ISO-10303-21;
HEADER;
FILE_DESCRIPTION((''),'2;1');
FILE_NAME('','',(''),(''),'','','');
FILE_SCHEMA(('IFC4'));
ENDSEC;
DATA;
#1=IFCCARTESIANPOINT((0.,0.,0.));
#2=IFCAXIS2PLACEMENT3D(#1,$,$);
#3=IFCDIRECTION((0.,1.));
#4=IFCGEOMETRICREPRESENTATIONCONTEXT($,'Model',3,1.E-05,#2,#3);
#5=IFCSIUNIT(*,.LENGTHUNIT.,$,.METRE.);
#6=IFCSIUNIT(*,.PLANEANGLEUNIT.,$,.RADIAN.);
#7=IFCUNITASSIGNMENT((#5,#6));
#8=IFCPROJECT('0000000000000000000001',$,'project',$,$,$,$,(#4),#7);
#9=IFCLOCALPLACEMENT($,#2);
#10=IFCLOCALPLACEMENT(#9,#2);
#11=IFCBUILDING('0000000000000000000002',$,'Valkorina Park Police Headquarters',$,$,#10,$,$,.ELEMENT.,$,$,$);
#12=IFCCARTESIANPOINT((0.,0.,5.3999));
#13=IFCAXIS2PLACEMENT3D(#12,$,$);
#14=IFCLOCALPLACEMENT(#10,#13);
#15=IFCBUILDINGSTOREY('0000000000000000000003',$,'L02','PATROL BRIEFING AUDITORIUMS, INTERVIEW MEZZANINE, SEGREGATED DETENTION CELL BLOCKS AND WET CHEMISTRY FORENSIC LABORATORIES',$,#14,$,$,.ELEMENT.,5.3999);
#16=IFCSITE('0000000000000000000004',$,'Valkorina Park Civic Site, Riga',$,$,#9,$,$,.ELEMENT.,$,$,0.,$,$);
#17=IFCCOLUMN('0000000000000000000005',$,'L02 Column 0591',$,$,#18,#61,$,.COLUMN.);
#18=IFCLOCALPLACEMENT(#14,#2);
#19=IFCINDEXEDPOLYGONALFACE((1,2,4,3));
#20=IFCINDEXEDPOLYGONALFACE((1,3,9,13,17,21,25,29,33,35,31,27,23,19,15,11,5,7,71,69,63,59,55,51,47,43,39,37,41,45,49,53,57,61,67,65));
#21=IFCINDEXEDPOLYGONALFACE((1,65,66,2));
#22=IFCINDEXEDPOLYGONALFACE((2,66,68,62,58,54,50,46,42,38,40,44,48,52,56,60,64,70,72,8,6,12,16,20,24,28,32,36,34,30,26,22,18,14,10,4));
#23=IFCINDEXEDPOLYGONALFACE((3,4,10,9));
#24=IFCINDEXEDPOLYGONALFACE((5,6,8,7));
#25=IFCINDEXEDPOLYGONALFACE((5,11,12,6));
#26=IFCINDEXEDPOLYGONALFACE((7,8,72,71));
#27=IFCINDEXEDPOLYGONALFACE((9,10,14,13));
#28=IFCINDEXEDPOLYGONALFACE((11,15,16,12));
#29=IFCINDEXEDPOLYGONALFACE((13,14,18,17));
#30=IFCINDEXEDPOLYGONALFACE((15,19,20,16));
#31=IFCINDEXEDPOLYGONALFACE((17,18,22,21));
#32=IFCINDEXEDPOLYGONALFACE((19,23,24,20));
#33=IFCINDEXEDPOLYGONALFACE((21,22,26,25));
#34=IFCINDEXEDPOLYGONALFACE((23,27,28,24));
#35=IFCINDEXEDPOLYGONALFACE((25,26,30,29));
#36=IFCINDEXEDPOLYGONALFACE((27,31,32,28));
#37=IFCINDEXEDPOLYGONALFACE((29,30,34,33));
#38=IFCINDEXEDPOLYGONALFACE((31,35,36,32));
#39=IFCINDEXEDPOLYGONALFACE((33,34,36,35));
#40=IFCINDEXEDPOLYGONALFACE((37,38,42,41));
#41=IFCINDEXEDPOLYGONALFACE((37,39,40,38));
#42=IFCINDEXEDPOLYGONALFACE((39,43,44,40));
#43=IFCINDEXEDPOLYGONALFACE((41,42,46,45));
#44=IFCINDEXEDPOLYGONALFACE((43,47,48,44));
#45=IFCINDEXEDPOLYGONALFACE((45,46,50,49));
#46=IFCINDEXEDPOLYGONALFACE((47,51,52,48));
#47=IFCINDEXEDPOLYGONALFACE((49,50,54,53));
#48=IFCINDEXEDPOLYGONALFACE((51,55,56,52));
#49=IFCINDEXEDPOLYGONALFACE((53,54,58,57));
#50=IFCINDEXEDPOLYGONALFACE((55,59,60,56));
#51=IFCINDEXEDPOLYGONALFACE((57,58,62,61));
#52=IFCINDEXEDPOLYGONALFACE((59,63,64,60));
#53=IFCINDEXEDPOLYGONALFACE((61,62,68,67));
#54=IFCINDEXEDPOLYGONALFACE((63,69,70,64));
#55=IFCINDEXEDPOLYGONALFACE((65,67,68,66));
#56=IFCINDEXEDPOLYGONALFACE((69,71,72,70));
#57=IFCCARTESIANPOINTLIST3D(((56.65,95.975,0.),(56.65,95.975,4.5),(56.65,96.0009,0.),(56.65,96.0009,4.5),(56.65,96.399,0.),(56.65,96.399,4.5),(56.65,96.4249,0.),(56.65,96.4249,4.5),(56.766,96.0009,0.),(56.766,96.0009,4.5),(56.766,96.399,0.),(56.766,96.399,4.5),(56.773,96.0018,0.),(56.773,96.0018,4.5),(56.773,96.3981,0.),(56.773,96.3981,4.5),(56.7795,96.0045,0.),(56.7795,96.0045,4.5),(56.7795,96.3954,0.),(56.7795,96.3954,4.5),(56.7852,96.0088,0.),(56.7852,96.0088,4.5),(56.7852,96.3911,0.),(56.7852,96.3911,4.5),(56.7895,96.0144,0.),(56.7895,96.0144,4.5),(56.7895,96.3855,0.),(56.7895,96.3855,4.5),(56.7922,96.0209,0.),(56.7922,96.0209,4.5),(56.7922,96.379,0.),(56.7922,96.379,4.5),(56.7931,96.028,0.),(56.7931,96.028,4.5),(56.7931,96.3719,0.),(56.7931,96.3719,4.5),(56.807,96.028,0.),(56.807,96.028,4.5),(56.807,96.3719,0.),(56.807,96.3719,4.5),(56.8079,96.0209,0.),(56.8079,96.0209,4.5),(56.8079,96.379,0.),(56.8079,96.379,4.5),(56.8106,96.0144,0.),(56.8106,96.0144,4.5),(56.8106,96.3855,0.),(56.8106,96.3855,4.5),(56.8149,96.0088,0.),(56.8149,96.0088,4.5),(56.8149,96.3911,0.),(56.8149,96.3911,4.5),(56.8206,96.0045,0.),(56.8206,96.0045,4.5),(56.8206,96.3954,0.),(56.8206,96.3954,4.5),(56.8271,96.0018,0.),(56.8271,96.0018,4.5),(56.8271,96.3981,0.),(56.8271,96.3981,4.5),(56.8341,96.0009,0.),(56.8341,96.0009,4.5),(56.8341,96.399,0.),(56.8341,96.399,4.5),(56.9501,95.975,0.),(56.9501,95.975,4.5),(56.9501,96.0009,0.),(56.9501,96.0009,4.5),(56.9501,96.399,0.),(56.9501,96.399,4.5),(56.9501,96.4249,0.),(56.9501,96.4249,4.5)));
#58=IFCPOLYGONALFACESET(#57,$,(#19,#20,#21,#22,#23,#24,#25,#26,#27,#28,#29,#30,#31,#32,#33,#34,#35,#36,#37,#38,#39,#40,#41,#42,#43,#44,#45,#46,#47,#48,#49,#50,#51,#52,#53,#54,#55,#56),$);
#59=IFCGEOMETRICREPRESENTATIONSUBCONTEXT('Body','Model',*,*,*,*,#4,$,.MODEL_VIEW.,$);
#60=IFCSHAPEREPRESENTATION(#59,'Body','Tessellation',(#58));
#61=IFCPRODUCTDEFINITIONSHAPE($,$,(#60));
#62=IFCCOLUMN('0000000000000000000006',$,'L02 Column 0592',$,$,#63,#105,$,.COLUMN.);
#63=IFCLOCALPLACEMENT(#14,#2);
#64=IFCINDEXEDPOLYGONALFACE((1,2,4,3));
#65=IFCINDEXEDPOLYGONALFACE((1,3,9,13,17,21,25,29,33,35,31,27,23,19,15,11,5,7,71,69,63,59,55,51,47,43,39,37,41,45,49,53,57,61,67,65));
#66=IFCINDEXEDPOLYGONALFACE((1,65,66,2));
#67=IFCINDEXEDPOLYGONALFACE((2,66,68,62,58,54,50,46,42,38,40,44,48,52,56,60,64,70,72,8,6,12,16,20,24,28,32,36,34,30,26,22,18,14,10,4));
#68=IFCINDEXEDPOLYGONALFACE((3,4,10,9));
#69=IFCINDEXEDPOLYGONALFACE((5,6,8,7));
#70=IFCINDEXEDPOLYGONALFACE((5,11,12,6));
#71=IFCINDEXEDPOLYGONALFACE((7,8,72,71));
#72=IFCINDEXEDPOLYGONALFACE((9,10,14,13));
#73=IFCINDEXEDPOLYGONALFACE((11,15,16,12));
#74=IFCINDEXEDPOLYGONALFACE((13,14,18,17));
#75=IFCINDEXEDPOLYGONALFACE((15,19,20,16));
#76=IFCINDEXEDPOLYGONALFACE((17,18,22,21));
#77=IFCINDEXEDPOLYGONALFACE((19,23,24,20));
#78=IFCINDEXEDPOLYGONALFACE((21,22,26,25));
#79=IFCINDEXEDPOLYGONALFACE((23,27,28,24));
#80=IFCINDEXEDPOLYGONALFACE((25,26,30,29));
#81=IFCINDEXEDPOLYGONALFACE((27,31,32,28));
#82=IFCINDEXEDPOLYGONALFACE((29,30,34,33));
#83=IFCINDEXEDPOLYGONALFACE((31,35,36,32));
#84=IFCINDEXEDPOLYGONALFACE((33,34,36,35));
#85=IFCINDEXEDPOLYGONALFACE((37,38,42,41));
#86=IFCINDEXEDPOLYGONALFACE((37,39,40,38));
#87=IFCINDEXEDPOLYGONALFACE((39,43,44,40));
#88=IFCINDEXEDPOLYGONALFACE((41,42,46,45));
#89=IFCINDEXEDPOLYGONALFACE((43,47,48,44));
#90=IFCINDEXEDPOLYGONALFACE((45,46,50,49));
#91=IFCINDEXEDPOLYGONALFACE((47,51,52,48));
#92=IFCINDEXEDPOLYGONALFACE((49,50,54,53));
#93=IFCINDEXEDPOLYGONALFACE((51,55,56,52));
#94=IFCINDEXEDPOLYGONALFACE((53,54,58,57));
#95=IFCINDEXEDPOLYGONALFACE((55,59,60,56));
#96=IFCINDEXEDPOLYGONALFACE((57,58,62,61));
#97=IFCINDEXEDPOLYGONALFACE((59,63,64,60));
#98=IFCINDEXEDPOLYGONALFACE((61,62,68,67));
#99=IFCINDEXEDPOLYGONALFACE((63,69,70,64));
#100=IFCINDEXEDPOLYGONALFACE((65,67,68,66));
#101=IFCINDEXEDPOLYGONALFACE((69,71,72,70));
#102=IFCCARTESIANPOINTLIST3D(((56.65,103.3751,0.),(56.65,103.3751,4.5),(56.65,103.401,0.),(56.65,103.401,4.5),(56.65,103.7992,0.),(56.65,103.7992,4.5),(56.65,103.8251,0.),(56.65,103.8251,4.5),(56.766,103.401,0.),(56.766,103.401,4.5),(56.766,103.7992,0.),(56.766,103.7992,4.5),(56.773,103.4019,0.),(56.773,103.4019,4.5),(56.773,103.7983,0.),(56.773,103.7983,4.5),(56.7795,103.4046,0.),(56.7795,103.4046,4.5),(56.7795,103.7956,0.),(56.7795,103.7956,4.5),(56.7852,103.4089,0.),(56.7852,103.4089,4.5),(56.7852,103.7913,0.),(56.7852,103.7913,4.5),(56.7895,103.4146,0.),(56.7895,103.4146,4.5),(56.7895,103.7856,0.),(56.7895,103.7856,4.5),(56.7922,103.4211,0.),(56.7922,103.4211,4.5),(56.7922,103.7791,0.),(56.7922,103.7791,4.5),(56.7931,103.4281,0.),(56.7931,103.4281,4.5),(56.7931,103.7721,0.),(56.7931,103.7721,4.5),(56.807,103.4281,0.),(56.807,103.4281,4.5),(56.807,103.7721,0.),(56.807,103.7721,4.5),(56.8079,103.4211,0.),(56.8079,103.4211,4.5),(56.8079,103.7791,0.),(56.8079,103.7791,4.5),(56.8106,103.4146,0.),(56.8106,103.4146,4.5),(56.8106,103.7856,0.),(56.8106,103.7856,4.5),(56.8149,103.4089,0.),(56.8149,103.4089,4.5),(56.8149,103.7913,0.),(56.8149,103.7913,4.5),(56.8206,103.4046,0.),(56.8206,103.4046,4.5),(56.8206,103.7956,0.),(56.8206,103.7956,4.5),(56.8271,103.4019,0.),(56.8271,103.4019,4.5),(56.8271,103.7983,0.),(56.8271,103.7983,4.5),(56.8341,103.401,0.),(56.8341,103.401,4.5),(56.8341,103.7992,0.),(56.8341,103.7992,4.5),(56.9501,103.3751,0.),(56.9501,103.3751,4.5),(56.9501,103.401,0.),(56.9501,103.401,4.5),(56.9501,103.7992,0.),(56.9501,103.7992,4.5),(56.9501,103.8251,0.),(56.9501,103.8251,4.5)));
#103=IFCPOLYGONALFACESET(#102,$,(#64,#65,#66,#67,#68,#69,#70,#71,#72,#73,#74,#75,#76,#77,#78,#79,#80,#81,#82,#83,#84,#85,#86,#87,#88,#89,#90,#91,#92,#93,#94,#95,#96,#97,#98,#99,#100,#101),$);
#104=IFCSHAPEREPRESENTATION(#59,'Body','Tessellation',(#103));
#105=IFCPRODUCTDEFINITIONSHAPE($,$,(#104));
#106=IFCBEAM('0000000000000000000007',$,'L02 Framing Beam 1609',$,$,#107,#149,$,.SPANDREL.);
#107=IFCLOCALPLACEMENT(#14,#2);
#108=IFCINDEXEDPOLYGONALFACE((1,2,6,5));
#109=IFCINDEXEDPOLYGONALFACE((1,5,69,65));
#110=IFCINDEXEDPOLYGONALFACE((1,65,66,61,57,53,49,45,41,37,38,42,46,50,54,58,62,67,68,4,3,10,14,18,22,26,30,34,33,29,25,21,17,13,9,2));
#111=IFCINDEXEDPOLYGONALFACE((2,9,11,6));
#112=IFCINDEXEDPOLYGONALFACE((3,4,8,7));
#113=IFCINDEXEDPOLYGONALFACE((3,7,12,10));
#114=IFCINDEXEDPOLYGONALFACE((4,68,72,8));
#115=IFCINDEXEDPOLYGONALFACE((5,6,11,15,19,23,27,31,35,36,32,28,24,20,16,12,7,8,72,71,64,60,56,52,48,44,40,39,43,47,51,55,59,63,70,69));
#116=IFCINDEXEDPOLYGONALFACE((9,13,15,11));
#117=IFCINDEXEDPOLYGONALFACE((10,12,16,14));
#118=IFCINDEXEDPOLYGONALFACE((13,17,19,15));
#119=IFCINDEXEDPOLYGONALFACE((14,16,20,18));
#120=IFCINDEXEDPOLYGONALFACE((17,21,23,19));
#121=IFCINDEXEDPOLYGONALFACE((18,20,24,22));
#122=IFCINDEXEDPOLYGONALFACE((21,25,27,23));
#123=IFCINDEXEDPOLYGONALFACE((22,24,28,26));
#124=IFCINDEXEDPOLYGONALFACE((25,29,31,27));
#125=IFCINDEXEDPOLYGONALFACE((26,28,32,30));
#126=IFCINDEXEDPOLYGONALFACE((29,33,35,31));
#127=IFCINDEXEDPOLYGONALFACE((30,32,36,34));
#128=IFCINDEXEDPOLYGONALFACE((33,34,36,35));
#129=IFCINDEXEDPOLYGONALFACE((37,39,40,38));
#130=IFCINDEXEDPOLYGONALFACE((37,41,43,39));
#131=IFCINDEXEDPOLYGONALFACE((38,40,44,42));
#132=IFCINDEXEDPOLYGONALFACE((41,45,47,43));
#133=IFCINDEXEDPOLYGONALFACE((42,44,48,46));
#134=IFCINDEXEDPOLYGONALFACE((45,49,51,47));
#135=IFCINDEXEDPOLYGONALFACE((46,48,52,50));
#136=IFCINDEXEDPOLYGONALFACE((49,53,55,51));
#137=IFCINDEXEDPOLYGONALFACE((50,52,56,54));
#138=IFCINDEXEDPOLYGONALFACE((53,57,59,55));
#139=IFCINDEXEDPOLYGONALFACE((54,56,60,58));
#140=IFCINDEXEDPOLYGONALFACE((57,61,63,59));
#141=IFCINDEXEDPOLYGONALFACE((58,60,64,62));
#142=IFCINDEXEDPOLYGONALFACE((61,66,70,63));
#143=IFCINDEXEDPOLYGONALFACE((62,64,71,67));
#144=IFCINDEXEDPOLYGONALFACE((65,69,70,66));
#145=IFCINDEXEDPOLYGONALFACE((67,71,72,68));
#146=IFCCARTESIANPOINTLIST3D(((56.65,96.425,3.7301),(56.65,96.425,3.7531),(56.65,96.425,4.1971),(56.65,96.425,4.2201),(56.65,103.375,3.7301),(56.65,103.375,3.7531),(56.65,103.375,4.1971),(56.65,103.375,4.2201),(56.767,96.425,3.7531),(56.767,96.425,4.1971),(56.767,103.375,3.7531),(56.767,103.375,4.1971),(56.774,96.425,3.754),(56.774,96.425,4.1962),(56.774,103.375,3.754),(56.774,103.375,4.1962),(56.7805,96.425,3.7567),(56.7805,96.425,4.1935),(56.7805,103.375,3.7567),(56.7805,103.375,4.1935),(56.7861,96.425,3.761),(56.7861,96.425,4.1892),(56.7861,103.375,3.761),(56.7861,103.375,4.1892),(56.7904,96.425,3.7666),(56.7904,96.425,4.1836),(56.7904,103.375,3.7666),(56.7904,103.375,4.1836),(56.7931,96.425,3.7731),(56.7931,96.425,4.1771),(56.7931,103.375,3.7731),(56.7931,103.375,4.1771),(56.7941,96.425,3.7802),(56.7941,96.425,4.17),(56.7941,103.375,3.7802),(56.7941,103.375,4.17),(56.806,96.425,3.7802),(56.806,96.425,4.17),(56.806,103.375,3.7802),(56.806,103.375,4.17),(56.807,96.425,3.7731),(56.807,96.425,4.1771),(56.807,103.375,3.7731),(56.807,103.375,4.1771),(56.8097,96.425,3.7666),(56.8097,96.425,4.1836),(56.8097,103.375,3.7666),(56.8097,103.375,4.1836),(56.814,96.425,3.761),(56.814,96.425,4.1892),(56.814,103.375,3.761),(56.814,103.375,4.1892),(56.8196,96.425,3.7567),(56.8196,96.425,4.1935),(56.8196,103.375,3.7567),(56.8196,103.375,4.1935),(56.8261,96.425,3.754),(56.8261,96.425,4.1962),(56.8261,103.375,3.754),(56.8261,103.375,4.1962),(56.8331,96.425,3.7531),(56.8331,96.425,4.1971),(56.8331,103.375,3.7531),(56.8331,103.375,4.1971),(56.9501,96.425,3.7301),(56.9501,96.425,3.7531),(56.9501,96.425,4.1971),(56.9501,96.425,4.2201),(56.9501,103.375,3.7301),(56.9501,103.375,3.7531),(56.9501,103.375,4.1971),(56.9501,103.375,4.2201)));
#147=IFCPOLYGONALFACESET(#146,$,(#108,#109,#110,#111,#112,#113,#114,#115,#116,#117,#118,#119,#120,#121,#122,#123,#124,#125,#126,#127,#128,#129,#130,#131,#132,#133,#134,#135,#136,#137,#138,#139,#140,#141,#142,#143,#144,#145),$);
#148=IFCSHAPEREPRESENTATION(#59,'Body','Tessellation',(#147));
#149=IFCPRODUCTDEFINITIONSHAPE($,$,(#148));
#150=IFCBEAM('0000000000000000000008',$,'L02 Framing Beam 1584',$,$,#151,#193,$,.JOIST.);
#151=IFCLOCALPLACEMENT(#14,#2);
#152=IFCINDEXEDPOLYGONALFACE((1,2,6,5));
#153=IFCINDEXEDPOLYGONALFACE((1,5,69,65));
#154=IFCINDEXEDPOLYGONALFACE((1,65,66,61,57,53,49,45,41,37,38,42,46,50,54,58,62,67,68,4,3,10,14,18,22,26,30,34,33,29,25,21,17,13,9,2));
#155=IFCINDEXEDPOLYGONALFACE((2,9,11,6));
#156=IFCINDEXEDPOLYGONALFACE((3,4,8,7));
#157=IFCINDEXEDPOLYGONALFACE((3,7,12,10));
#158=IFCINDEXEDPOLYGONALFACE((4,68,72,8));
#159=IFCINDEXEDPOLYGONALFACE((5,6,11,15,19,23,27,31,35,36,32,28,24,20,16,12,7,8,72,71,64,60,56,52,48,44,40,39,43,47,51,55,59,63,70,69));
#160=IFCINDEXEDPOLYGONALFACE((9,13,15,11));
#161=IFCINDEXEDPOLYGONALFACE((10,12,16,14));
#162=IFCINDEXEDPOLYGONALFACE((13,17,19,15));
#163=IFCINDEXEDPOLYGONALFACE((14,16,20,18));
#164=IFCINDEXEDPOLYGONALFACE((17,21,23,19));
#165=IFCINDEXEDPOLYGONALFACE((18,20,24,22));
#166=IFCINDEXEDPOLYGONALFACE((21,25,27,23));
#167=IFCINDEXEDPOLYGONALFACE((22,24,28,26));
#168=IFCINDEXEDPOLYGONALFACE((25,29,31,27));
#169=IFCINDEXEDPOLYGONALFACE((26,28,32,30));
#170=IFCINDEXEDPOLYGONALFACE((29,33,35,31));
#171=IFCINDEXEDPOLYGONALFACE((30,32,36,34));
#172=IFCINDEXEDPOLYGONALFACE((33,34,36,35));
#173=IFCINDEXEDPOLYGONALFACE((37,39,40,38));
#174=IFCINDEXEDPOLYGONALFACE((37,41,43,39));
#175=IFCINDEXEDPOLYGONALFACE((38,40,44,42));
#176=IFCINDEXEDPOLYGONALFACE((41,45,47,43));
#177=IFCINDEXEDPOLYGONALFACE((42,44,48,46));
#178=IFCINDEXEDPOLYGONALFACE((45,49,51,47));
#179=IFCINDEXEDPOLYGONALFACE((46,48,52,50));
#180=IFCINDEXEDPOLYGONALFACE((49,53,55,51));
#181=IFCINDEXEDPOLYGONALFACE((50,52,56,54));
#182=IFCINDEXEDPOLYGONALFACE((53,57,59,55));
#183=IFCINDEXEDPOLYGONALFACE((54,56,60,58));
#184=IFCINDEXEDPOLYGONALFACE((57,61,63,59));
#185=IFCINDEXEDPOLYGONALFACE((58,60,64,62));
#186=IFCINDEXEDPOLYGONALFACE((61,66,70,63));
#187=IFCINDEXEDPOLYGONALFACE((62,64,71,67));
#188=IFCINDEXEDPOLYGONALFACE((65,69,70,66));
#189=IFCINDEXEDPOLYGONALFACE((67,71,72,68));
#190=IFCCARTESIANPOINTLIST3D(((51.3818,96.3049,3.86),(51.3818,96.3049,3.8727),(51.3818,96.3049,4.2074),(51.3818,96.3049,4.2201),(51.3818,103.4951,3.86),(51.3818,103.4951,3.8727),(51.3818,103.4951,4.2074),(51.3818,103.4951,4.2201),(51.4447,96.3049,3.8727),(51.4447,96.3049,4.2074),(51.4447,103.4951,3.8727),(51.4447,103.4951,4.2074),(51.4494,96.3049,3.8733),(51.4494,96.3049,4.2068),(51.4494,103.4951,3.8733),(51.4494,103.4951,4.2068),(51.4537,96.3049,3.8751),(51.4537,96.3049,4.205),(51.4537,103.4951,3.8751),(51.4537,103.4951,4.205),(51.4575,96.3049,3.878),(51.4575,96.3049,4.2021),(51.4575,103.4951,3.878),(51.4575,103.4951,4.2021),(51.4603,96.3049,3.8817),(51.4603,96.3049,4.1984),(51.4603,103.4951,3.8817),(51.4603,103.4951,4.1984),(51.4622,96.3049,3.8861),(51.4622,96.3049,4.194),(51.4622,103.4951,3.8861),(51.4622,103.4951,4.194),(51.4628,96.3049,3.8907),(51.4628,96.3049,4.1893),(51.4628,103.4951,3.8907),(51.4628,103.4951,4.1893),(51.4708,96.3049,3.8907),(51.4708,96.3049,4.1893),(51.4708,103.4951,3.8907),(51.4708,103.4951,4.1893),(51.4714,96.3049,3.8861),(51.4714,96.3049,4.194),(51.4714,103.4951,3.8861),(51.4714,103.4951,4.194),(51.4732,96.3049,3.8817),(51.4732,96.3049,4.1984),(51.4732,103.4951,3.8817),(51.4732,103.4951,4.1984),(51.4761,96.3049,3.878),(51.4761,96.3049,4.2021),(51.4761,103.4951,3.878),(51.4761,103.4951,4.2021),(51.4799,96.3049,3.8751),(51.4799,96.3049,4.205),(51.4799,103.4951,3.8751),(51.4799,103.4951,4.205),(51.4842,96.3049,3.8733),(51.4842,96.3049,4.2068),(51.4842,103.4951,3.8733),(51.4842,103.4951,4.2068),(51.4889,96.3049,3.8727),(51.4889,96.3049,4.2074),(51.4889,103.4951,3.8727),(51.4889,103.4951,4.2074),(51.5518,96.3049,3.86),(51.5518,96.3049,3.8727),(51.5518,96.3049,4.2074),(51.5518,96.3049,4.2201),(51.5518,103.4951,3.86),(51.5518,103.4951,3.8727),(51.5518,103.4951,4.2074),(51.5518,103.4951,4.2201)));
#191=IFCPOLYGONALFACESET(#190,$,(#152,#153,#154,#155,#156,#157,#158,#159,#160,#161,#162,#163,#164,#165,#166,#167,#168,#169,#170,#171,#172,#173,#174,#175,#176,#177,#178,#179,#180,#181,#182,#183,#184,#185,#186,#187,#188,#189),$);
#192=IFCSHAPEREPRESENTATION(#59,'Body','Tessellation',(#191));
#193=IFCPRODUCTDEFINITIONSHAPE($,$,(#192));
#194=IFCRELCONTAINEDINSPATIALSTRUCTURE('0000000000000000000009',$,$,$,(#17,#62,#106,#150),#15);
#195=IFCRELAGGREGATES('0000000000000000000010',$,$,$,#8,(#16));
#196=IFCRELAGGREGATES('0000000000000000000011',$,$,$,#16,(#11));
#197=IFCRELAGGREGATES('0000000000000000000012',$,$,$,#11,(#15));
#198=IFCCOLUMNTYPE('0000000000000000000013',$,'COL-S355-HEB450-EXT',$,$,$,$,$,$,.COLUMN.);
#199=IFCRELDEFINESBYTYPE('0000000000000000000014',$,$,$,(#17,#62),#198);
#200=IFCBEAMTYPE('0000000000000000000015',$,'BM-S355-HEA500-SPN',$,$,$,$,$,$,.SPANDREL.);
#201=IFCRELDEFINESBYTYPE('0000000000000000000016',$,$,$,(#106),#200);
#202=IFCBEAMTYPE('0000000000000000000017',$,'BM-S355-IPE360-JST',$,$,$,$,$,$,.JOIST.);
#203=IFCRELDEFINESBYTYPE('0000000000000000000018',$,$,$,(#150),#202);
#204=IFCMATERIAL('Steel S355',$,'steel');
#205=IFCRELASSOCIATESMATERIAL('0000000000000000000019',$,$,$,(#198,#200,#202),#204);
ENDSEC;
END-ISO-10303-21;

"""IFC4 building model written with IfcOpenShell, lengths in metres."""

from ifc_helpers import new_model, si_unit, direction, frame, origin, origin_2d, place, context, subcontext, project, spatial, i_section, extrude, material, material_profile, profile_set, type_object, element, save


model = new_model("IFC4")

# Units and contexts
model_context = context("Model", 3, precision=1e-05, world=origin(), true_north=direction((0.0, 1.0)))
body_context = subcontext(model_context, "Body", "Model", "MODEL_VIEW")
ifc_project = project(units=[si_unit("LENGTHUNIT", "METRE"), si_unit("PLANEANGLEUNIT", "RADIAN")], contexts=[model_context])

# Site, building, storey
site_placement = place(None, origin())
site = spatial("IfcSite", under=ifc_project, at=site_placement, Name="Valkorina Park Civic Site, Riga", CompositionType="ELEMENT", RefElevation=0.0)
building_placement = place(site_placement, origin())
building = spatial("IfcBuilding", under=site, at=building_placement, Name="Valkorina Park Police Headquarters", CompositionType="ELEMENT")
storey_placement = place(building_placement, frame((0.0, 0.0, 5.3999)))
storey = spatial("IfcBuildingStorey", under=building, at=storey_placement, Name="L02", Description="PATROL BRIEFING AUDITORIUMS, INTERVIEW MEZZANINE, SEGREGATED DETENTION CELL BLOCKS AND WET CHEMISTRY FORENSIC LABORATORIES", CompositionType="ELEMENT", Elevation=5.3999)

# Columns
ifc_material_1 = material(Name="Steel S355", Category="steel")
ifc_material_profile_1 = material_profile(ifc_material_1, i_section(OverallWidth=0.3, OverallDepth=0.45, WebThickness=0.0139, FlangeThickness=0.0259, FilletRadius=0.0271, at=origin_2d()), Name="HEB 450")
ifc_profile_set_1 = profile_set([ifc_material_profile_1], Name="Steel S355")
column_type = type_object("IfcColumnType", Name="COL-S355-HEB450-EXT", PredefinedType="COLUMN", material=ifc_profile_set_1)
for number, where, z_axis, x_axis, name in (
    (1, (56.8, 96.2, 0.0), (0.0, 0.0, 1.0), (1.0, 0.0, 0.0), "L02 Column 0591"),
    (2, (56.8, 103.6001, 0.0), (0.0, 0.0, 1.0), (1.0, 0.0, 0.0), "L02 Column 0592"),
):
    element("IfcColumn", number, at=place(storey_placement, frame(where, z_axis=z_axis, x_axis=x_axis)), inside=storey, type_object=column_type, Name=name, PredefinedType="COLUMN", context=body_context, shape_type="SweptSolid", body=[
        extrude(i_section(OverallWidth=0.3, OverallDepth=0.45, WebThickness=0.0139, FlangeThickness=0.0259, FilletRadius=0.0271, at=origin_2d()), origin(), (0.0, 0.0, 1.0), 4.5),
    ])

# Beams
ifc_material_profile_2 = material_profile(ifc_material_1, i_section(OverallWidth=0.3, OverallDepth=0.49, WebThickness=0.012, FlangeThickness=0.0229, FilletRadius=0.0271, at=origin_2d()), Name="HEA 500")
ifc_profile_set_2 = profile_set([ifc_material_profile_2], Name="Steel S355")
beam_type_1 = type_object("IfcBeamType", Name="BM-S355-HEA500-SPN", PredefinedType="SPANDREL", material=ifc_profile_set_2)
beam_placement = place(storey_placement, frame((56.8, 96.425, 3.9751), z_axis=(0.0, 1.0, 0.0), x_axis=(-1.0, 0.0, 0.0)))
element("IfcBeam", 3, at=beam_placement, inside=storey, type_object=beam_type_1, Name="L02 Framing Beam 1609", PredefinedType="SPANDREL", context=body_context, shape_type="SweptSolid", body=[
    extrude(i_section(OverallWidth=0.3, OverallDepth=0.49, WebThickness=0.012, FlangeThickness=0.0229, FilletRadius=0.0271, at=origin_2d()), origin(), (0.0, 0.0, 1.0), 6.95),
])
ifc_material_profile_3 = material_profile(ifc_material_1, i_section(OverallWidth=0.1699, OverallDepth=0.3601, WebThickness=0.0081, FlangeThickness=0.0127, FilletRadius=0.0181, at=origin_2d()), Name="IPE 360")
ifc_profile_set_3 = profile_set([ifc_material_profile_3], Name="Steel S355")
beam_type_2 = type_object("IfcBeamType", Name="BM-S355-IPE360-JST", PredefinedType="JOIST", material=ifc_profile_set_3)
for number, where, z_axis, x_axis, name in (
    (4, (51.4668, 96.3049, 4.04), (0.0, 1.0, 0.0), (-1.0, 0.0, 0.0), "L02 Framing Beam 1584"),
):
    element("IfcBeam", number, at=place(storey_placement, frame(where, z_axis=z_axis, x_axis=x_axis)), inside=storey, type_object=beam_type_2, Name=name, PredefinedType="JOIST", context=body_context, shape_type="SweptSolid", body=[
        extrude(i_section(OverallWidth=0.1699, OverallDepth=0.3601, WebThickness=0.0081, FlangeThickness=0.0127, FilletRadius=0.0181, at=origin_2d()), origin(), (0.0, 0.0, 1.0), 7.1902),
    ])

save(model, "model.ifc")
